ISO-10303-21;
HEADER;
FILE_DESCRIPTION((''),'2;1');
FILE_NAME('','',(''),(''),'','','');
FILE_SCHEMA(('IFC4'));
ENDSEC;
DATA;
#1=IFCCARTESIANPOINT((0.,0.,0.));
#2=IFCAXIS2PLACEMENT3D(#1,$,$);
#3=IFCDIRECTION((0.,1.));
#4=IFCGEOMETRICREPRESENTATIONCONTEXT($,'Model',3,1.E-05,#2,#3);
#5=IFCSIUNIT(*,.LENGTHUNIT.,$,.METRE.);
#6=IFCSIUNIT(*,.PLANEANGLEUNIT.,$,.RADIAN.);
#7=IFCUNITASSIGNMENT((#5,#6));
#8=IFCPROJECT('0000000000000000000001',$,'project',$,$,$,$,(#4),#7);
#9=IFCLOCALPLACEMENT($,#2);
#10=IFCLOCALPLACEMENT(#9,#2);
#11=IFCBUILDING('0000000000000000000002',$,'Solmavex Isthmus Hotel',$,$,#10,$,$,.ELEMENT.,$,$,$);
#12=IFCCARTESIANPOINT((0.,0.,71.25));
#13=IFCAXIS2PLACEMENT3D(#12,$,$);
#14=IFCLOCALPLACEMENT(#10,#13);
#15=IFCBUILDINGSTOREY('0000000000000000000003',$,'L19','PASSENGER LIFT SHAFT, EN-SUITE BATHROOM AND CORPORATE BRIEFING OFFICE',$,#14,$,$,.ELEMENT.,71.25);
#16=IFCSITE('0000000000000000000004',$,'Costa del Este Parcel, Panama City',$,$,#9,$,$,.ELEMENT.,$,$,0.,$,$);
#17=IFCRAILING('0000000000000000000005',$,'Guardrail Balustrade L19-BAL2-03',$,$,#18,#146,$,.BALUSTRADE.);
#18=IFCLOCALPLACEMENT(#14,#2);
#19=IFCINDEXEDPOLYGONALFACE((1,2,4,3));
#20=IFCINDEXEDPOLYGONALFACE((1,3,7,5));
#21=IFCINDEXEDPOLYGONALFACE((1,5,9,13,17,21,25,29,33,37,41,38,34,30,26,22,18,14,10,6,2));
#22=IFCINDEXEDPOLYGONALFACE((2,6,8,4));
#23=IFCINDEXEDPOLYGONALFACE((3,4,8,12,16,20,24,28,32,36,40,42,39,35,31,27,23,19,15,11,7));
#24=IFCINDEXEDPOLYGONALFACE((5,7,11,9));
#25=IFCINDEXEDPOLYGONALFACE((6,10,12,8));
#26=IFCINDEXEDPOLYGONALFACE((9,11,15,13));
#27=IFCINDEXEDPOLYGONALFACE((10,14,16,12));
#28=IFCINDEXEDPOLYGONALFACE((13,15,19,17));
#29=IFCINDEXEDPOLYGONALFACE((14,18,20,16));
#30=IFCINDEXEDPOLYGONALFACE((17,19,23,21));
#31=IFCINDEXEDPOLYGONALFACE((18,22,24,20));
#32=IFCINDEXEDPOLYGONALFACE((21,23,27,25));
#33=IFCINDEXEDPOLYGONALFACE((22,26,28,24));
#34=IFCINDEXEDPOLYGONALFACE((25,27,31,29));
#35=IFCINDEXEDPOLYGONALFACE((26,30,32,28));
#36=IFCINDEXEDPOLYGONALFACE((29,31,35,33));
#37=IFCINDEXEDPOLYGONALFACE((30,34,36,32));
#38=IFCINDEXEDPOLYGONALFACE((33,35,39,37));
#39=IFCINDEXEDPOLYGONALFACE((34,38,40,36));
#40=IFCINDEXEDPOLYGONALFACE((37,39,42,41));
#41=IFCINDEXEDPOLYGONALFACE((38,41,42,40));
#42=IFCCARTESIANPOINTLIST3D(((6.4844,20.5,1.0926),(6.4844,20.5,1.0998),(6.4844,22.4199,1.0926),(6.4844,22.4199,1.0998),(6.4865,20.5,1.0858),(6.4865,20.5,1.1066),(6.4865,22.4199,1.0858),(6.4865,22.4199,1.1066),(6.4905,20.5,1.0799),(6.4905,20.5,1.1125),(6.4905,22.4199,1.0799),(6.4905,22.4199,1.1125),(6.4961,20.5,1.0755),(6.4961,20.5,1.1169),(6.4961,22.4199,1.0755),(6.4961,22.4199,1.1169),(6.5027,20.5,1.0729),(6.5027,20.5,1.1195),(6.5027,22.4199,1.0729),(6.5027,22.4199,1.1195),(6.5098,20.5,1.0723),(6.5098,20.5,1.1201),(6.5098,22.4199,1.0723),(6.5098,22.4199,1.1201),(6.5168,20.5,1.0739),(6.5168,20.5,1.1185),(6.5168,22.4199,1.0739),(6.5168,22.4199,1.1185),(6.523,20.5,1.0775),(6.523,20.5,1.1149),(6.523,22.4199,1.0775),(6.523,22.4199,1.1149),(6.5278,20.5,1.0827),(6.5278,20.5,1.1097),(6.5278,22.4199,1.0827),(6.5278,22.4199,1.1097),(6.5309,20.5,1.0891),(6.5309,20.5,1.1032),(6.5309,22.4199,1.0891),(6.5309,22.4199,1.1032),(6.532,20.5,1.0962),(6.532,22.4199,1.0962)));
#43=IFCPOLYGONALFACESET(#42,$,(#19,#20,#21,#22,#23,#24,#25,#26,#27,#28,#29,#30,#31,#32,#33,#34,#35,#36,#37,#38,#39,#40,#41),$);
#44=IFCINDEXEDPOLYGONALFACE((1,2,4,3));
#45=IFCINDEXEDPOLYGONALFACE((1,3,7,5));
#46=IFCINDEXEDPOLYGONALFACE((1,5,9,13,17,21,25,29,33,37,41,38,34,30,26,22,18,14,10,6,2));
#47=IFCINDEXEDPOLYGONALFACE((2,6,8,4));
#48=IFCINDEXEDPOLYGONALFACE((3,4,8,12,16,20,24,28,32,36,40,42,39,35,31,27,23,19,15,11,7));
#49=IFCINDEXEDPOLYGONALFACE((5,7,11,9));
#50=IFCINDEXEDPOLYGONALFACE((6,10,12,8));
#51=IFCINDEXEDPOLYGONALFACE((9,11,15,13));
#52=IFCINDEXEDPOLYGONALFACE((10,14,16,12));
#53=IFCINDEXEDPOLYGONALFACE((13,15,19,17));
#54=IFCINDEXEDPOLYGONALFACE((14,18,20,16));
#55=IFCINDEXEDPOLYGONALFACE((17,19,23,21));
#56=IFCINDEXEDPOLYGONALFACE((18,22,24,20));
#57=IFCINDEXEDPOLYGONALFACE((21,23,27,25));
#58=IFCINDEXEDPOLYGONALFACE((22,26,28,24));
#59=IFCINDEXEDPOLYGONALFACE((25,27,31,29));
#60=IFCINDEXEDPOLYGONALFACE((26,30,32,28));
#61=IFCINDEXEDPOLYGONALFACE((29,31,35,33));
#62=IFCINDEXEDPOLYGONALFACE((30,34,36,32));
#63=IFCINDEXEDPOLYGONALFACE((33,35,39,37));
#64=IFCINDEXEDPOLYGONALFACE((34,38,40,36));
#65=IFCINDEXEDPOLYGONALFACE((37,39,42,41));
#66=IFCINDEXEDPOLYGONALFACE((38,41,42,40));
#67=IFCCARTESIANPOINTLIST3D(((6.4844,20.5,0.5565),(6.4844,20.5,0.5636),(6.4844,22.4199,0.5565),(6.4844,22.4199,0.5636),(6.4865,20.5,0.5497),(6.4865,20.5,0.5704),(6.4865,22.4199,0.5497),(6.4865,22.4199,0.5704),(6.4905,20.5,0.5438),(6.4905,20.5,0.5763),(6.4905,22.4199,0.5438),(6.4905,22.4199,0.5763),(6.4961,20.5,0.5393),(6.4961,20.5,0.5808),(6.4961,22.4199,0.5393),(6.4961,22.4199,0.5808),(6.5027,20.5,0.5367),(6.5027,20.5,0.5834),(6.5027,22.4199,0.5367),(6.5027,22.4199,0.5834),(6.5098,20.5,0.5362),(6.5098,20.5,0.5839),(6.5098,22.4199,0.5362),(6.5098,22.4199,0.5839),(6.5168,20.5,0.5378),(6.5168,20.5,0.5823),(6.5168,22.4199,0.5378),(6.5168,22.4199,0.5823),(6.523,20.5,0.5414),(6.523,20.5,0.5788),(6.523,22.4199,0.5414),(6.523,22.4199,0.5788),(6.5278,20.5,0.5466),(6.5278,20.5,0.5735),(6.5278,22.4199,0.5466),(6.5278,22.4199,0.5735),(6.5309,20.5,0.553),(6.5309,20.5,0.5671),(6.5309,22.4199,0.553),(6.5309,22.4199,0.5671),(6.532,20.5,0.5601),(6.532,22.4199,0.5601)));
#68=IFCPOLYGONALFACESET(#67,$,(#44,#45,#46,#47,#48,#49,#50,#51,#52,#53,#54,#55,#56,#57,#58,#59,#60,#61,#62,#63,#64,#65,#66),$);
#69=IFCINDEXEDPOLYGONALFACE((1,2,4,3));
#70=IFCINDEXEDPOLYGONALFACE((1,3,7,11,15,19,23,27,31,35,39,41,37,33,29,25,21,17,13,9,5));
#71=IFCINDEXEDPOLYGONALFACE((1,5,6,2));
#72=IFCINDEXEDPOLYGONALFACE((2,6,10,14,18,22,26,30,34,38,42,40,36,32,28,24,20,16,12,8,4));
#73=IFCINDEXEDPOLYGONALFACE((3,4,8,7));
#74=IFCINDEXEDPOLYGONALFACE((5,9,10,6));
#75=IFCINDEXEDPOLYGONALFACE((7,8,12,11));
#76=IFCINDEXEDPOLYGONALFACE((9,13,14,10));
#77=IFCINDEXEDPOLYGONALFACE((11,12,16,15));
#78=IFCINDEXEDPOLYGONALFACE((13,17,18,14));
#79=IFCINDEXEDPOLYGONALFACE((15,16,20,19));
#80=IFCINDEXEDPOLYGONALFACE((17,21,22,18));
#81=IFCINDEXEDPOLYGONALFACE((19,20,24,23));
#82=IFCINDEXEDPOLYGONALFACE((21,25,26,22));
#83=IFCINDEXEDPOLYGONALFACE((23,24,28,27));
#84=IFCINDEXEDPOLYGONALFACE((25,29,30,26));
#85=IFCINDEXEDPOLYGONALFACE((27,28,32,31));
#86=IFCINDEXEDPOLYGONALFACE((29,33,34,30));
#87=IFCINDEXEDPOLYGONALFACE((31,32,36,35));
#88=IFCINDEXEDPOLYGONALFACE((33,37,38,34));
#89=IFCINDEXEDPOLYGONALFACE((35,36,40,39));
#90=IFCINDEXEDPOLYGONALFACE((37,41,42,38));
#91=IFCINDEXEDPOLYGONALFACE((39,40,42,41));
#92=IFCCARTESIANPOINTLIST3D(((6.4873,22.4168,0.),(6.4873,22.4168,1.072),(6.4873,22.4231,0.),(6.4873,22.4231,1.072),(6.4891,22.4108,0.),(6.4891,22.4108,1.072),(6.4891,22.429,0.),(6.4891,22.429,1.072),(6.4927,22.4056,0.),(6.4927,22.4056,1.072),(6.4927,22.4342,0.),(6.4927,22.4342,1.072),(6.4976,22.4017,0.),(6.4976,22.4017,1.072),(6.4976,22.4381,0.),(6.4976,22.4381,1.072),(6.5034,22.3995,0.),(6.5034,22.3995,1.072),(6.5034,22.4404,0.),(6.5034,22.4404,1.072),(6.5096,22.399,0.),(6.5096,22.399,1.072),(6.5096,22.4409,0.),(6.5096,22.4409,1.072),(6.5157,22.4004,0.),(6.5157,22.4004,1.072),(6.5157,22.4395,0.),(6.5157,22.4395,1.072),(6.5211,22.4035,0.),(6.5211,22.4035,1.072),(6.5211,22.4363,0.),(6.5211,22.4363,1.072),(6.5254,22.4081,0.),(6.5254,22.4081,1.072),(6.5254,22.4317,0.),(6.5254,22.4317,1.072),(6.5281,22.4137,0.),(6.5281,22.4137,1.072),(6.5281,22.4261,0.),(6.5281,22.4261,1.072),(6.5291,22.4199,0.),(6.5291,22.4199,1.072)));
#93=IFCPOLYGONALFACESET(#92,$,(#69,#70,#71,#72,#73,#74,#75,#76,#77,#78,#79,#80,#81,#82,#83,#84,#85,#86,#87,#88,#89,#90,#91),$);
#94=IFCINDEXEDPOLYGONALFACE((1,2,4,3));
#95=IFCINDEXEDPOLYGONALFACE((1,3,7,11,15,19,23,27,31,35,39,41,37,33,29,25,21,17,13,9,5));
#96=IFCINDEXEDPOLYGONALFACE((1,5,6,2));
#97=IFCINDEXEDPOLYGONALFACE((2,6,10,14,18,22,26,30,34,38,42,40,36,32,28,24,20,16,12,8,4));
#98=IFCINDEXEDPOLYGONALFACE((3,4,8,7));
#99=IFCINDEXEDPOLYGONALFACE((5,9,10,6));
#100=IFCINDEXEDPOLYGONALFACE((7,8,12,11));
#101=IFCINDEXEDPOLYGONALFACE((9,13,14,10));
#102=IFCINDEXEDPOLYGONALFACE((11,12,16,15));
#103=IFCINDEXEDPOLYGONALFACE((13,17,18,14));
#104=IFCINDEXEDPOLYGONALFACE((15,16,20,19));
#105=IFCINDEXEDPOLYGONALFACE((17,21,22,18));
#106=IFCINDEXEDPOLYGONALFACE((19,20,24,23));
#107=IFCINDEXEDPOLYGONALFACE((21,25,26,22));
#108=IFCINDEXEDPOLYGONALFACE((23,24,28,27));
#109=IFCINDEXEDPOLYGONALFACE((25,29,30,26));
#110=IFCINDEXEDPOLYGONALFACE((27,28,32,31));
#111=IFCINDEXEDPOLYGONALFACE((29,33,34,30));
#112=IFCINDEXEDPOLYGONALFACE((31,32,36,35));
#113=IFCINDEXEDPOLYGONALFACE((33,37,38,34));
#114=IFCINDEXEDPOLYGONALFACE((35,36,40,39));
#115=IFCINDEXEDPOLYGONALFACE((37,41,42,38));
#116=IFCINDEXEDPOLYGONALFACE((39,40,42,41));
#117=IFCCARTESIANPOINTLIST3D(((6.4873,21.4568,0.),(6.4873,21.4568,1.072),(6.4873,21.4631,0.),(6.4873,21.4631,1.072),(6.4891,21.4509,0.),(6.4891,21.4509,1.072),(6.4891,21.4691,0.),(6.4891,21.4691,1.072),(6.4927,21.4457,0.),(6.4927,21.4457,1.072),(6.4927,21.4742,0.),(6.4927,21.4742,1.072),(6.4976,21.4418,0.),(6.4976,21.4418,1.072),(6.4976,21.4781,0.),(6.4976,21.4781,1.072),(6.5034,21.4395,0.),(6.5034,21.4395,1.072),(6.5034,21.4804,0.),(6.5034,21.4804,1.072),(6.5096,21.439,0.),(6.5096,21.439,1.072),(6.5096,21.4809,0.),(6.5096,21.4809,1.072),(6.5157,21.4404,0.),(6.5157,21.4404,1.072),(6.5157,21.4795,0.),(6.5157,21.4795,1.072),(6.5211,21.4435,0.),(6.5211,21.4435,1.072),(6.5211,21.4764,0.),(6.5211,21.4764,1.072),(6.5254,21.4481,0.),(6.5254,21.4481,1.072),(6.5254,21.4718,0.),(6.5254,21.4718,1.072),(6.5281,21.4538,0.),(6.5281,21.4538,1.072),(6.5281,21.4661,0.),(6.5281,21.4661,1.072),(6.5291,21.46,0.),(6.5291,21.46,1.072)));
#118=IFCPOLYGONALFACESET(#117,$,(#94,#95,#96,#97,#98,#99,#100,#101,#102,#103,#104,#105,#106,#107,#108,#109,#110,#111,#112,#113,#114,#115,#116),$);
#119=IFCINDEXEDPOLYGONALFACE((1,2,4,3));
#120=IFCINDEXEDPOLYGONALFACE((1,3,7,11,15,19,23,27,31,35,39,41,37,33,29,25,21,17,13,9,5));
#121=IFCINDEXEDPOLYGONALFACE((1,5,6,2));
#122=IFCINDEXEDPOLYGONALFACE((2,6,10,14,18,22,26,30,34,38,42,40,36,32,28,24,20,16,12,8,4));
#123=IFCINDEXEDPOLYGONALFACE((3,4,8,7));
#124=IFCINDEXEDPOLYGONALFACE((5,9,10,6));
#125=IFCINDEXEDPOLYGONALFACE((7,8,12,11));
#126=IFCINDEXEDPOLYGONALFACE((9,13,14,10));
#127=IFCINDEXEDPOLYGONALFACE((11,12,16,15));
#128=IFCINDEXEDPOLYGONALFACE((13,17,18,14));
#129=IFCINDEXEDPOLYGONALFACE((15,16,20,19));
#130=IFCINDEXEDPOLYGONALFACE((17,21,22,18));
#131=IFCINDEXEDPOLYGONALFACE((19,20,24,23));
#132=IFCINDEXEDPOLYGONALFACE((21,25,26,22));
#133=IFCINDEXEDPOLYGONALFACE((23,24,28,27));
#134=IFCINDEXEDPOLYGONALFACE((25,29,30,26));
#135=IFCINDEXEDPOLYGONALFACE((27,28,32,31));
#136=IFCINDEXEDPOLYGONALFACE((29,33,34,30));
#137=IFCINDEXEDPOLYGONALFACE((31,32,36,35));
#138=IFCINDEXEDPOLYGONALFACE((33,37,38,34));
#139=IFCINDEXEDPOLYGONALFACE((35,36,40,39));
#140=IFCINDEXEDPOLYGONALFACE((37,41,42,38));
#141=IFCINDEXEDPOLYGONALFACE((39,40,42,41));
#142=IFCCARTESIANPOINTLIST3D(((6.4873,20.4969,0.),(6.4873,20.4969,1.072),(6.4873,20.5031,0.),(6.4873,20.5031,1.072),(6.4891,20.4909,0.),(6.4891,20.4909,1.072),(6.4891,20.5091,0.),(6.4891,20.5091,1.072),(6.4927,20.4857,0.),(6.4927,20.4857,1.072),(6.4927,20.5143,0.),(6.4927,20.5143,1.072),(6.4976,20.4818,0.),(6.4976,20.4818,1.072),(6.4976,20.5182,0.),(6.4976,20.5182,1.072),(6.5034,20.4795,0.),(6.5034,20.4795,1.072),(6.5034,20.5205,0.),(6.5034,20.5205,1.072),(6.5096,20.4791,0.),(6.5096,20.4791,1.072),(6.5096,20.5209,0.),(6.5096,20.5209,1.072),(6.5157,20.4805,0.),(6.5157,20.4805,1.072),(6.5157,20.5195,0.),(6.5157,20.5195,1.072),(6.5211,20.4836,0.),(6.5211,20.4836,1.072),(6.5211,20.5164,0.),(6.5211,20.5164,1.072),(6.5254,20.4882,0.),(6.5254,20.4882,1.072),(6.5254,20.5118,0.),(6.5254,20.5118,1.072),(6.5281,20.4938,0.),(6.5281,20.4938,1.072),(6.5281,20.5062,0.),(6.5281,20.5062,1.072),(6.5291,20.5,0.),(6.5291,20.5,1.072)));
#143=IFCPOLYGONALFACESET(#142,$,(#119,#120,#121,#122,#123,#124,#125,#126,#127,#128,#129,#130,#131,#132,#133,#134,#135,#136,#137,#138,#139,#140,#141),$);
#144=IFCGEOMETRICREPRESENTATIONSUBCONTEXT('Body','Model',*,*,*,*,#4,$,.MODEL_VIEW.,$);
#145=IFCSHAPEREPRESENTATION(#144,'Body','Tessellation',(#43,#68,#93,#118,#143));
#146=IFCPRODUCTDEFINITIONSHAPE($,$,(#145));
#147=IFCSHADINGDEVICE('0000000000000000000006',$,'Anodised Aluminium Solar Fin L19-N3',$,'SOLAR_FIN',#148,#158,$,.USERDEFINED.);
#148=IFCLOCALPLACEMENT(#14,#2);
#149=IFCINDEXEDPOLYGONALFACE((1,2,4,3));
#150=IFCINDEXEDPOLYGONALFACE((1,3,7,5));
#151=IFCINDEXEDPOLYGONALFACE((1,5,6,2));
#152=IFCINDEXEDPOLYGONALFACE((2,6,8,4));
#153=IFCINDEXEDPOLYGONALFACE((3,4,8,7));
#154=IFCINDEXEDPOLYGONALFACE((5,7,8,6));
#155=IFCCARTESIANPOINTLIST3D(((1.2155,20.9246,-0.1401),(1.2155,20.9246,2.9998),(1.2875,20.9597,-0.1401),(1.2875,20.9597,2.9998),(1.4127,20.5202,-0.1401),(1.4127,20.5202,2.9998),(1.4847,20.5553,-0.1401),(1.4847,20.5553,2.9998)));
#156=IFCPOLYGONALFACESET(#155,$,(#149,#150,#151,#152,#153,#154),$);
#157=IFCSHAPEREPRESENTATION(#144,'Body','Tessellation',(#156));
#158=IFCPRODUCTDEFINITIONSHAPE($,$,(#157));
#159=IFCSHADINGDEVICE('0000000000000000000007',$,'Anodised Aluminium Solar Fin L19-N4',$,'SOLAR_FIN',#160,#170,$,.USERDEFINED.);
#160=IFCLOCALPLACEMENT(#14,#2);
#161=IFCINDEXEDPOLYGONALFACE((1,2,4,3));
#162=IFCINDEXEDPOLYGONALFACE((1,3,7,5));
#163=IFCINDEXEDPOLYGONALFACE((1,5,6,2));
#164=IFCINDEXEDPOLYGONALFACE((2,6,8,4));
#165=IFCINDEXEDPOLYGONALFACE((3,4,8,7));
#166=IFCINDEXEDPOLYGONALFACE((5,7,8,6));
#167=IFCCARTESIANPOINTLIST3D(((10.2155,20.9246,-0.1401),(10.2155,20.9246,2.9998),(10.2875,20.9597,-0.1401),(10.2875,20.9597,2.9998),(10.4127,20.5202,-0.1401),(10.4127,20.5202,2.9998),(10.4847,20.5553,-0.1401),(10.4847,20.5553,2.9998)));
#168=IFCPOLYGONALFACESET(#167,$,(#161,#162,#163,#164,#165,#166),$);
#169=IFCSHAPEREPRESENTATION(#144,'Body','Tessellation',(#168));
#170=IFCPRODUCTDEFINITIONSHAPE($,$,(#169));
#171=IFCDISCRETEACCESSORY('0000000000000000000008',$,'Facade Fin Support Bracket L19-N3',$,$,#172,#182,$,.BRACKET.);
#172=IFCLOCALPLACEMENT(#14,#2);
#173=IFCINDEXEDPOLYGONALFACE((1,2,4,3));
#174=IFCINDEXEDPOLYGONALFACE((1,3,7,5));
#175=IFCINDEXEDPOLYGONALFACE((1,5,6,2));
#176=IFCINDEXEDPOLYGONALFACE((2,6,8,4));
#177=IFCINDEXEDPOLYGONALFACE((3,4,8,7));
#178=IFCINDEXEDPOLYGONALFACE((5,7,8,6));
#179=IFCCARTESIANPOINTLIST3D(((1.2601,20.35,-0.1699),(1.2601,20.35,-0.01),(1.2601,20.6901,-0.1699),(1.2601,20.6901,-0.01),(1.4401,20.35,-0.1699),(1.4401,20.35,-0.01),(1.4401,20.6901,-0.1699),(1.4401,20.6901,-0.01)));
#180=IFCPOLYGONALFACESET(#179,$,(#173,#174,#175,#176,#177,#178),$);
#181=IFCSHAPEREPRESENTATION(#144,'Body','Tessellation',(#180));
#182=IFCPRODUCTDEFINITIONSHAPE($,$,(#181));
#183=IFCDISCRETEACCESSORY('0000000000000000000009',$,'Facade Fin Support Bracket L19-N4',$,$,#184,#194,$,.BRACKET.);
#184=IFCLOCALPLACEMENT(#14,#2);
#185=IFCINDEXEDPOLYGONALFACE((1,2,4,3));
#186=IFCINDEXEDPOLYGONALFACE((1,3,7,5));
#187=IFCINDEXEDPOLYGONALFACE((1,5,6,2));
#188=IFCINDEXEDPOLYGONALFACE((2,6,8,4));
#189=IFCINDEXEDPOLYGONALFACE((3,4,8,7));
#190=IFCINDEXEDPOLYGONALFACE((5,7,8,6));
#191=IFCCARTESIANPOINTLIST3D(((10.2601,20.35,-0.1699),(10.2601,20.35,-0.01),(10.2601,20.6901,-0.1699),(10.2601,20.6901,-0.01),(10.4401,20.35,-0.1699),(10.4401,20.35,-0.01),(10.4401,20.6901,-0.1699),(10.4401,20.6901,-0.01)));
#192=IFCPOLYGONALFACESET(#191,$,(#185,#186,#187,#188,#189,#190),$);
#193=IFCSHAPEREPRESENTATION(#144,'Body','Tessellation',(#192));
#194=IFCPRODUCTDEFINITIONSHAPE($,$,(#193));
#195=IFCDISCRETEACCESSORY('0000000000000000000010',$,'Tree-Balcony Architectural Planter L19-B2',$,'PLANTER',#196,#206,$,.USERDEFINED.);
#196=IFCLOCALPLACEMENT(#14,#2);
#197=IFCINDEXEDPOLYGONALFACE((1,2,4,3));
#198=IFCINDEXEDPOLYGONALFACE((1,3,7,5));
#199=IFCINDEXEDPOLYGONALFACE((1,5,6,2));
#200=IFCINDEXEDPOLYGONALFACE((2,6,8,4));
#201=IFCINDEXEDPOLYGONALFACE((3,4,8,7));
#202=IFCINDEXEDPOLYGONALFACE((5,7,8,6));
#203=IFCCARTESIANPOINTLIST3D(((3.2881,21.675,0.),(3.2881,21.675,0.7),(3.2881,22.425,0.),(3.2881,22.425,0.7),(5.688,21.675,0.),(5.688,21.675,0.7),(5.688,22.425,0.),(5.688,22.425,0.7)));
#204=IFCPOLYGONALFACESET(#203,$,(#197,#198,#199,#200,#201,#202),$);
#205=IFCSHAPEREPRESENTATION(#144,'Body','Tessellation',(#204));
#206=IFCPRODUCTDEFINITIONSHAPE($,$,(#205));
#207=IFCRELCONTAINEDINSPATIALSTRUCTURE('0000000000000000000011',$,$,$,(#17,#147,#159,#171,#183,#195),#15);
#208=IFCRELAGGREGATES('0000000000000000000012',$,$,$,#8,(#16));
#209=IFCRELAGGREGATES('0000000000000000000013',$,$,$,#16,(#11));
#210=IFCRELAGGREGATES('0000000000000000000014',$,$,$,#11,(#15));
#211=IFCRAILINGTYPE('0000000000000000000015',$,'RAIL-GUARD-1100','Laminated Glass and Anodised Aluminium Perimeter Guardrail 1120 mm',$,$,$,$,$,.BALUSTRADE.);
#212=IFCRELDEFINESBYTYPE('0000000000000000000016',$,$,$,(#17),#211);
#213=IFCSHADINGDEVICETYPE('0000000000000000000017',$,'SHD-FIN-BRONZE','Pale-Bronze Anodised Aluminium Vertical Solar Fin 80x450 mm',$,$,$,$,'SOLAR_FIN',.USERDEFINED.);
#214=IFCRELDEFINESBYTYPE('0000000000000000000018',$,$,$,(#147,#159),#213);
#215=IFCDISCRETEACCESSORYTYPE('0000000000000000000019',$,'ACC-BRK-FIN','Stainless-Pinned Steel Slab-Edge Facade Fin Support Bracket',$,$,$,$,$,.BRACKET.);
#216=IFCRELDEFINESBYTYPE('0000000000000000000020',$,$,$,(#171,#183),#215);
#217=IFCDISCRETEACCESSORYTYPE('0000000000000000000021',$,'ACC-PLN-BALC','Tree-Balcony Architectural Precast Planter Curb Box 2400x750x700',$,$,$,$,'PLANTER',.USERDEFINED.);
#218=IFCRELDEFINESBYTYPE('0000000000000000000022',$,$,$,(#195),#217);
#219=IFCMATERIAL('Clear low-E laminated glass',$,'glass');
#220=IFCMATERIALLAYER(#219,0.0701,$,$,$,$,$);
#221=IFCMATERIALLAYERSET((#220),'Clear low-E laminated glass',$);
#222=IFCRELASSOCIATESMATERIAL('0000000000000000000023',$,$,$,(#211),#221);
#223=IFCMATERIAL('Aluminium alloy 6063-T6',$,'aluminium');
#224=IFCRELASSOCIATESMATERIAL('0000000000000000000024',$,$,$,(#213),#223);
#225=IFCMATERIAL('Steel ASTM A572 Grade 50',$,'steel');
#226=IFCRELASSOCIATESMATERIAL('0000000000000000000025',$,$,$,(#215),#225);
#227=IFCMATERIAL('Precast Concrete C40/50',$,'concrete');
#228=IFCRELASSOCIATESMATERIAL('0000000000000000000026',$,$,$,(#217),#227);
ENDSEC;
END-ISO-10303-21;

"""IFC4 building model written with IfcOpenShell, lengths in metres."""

from ifc_helpers import new_model, si_unit, direction, frame, origin, origin_2d, place, context, subcontext, project, spatial, rectangle, circle, extrude, material, layer, layer_set, type_object, element, save


model = new_model("IFC4")

# Units and contexts
model_context = context("Model", 3, precision=1e-05, world=origin(), true_north=direction((0.0, 1.0)))
body_context = subcontext(model_context, "Body", "Model", "MODEL_VIEW")
ifc_project = project(units=[si_unit("LENGTHUNIT", "METRE"), si_unit("PLANEANGLEUNIT", "RADIAN")], contexts=[model_context])

# Site, building, storey
site_placement = place(None, origin())
site = spatial("IfcSite", under=ifc_project, at=site_placement, Name="Costa del Este Parcel, Panama City", CompositionType="ELEMENT", RefElevation=0.0)
building_placement = place(site_placement, origin())
building = spatial("IfcBuilding", under=site, at=building_placement, Name="Solmavex Isthmus Hotel", CompositionType="ELEMENT")
storey_placement = place(building_placement, frame((0.0, 0.0, 71.25)))
storey = spatial("IfcBuildingStorey", under=building, at=storey_placement, Name="L19", Description="PASSENGER LIFT SHAFT, EN-SUITE BATHROOM AND CORPORATE BRIEFING OFFICE", CompositionType="ELEMENT", Elevation=71.25)

# Shared definitions
ifc_material_1 = material(Name="Aluminium alloy 6063-T6", Category="aluminium")

# Shared definitions
ifc_material_2 = material(Name="Clear low-E laminated glass", Category="glass")

# Shared definitions
ifc_material_3 = material(Name="Precast Concrete C40/50", Category="concrete")

# Railing
ifc_layer_1 = layer(ifc_material_2, 0.0701)
ifc_layer_set_1 = layer_set([ifc_layer_1], Name="Clear low-E laminated glass")
railing_type = type_object("IfcRailingType", Name="RAIL-GUARD-1100", Description="Laminated Glass and Anodised Aluminium Perimeter Guardrail 1120 mm", PredefinedType="BALUSTRADE", material=ifc_layer_set_1)
railing_1_placement = place(storey_placement, frame((6.5081, 22.4199, 0.0)))
element("IfcRailing", 1, at=railing_1_placement, inside=storey, type_object=railing_type, Name="Guardrail Balustrade L19-BAL2-03", PredefinedType="BALUSTRADE", context=body_context, shape_type="SweptSolid", body=[
    extrude(circle(Radius=0.0239, at=origin_2d()), frame((0.0, 0.0, 1.0962), z_axis=(0.0, -1.0, 0.0), x_axis=(1.0, 0.0, 0.0)), (0.0, 0.0, 1.0), 1.9199),
    extrude(circle(Radius=0.0239, at=origin_2d()), frame((0.0, 0.0, 0.5601), z_axis=(0.0, -1.0, 0.0), x_axis=(1.0, 0.0, 0.0)), (0.0, 0.0, 1.0), 1.9199),
    extrude(circle(Radius=0.021, at=origin_2d()), origin(), (0.0, 0.0, 1.0), 1.072),
    extrude(circle(Radius=0.021, at=origin_2d()), frame((0.0, -0.96, 0.0)), (0.0, 0.0, 1.0), 1.072),
    extrude(circle(Radius=0.021, at=origin_2d()), frame((0.0, -1.9199, 0.0)), (0.0, 0.0, 1.0), 1.072),
])

# Shading devices
shading_device_type = type_object("IfcShadingDeviceType", Name="SHD-FIN-BRONZE", Description="Pale-Bronze Anodised Aluminium Vertical Solar Fin 80x450 mm", ElementType="SOLAR_FIN", PredefinedType="USERDEFINED", material=ifc_material_1)
for number, where, z_axis, x_axis, name in (
    (2, (1.3501, 20.74, -0.1401), (0.0, 0.0, 1.0), (-0.438371, 0.898794, 0.0), "Anodised Aluminium Solar Fin L19-N3"),
    (3, (10.3501, 20.74, -0.1401), (0.0, 0.0, 1.0), (-0.438371, 0.898794, 0.0), "Anodised Aluminium Solar Fin L19-N4"),
):
    element("IfcShadingDevice", number, at=place(storey_placement, frame(where, z_axis=z_axis, x_axis=x_axis)), inside=storey, type_object=shading_device_type, Name=name, ObjectType="SOLAR_FIN", PredefinedType="USERDEFINED", context=body_context, shape_type="SweptSolid", body=[
        extrude(rectangle(XDim=0.45, YDim=0.0801, at=origin_2d()), origin(), (0.0, 0.0, 1.0), 3.1399),
    ])

# Discrete accessories
ifc_material_4 = material(Name="Steel ASTM A572 Grade 50", Category="steel")
discrete_accessory_type_1 = type_object("IfcDiscreteAccessoryType", Name="ACC-BRK-FIN", Description="Stainless-Pinned Steel Slab-Edge Facade Fin Support Bracket", PredefinedType="BRACKET", material=ifc_material_4)
for number, where, z_axis, x_axis, name in (
    (4, (1.3501, 20.52, -0.1699), (0.0, 0.0, 1.0), (0.0, 1.0, 0.0), "Facade Fin Support Bracket L19-N3"),
    (5, (10.3501, 20.52, -0.1699), (0.0, 0.0, 1.0), (0.0, 1.0, 0.0), "Facade Fin Support Bracket L19-N4"),
):
    element("IfcDiscreteAccessory", number, at=place(storey_placement, frame(where, z_axis=z_axis, x_axis=x_axis)), inside=storey, type_object=discrete_accessory_type_1, Name=name, PredefinedType="BRACKET", context=body_context, shape_type="SweptSolid", body=[
        extrude(rectangle(XDim=0.3401, YDim=0.1799, at=origin_2d()), origin(), (0.0, 0.0, 1.0), 0.1599),
    ])
discrete_accessory_type_2 = type_object("IfcDiscreteAccessoryType", Name="ACC-PLN-BALC", Description="Tree-Balcony Architectural Precast Planter Curb Box 2400x750x700", ElementType="PLANTER", PredefinedType="USERDEFINED", material=ifc_material_3)
discrete_accessory_placement = place(storey_placement, frame((4.488, 22.05, 0.0), z_axis=(0.0, 0.0, 1.0), x_axis=(1.0, 0.0, 0.0)))
element("IfcDiscreteAccessory", 6, at=discrete_accessory_placement, inside=storey, type_object=discrete_accessory_type_2, Name="Tree-Balcony Architectural Planter L19-B2", ObjectType="PLANTER", PredefinedType="USERDEFINED", context=body_context, shape_type="SweptSolid", body=[
    extrude(rectangle(XDim=2.3999, YDim=0.75, at=origin_2d()), origin(), (0.0, 0.0, 1.0), 0.7),
])

save(model, "model.ifc")
